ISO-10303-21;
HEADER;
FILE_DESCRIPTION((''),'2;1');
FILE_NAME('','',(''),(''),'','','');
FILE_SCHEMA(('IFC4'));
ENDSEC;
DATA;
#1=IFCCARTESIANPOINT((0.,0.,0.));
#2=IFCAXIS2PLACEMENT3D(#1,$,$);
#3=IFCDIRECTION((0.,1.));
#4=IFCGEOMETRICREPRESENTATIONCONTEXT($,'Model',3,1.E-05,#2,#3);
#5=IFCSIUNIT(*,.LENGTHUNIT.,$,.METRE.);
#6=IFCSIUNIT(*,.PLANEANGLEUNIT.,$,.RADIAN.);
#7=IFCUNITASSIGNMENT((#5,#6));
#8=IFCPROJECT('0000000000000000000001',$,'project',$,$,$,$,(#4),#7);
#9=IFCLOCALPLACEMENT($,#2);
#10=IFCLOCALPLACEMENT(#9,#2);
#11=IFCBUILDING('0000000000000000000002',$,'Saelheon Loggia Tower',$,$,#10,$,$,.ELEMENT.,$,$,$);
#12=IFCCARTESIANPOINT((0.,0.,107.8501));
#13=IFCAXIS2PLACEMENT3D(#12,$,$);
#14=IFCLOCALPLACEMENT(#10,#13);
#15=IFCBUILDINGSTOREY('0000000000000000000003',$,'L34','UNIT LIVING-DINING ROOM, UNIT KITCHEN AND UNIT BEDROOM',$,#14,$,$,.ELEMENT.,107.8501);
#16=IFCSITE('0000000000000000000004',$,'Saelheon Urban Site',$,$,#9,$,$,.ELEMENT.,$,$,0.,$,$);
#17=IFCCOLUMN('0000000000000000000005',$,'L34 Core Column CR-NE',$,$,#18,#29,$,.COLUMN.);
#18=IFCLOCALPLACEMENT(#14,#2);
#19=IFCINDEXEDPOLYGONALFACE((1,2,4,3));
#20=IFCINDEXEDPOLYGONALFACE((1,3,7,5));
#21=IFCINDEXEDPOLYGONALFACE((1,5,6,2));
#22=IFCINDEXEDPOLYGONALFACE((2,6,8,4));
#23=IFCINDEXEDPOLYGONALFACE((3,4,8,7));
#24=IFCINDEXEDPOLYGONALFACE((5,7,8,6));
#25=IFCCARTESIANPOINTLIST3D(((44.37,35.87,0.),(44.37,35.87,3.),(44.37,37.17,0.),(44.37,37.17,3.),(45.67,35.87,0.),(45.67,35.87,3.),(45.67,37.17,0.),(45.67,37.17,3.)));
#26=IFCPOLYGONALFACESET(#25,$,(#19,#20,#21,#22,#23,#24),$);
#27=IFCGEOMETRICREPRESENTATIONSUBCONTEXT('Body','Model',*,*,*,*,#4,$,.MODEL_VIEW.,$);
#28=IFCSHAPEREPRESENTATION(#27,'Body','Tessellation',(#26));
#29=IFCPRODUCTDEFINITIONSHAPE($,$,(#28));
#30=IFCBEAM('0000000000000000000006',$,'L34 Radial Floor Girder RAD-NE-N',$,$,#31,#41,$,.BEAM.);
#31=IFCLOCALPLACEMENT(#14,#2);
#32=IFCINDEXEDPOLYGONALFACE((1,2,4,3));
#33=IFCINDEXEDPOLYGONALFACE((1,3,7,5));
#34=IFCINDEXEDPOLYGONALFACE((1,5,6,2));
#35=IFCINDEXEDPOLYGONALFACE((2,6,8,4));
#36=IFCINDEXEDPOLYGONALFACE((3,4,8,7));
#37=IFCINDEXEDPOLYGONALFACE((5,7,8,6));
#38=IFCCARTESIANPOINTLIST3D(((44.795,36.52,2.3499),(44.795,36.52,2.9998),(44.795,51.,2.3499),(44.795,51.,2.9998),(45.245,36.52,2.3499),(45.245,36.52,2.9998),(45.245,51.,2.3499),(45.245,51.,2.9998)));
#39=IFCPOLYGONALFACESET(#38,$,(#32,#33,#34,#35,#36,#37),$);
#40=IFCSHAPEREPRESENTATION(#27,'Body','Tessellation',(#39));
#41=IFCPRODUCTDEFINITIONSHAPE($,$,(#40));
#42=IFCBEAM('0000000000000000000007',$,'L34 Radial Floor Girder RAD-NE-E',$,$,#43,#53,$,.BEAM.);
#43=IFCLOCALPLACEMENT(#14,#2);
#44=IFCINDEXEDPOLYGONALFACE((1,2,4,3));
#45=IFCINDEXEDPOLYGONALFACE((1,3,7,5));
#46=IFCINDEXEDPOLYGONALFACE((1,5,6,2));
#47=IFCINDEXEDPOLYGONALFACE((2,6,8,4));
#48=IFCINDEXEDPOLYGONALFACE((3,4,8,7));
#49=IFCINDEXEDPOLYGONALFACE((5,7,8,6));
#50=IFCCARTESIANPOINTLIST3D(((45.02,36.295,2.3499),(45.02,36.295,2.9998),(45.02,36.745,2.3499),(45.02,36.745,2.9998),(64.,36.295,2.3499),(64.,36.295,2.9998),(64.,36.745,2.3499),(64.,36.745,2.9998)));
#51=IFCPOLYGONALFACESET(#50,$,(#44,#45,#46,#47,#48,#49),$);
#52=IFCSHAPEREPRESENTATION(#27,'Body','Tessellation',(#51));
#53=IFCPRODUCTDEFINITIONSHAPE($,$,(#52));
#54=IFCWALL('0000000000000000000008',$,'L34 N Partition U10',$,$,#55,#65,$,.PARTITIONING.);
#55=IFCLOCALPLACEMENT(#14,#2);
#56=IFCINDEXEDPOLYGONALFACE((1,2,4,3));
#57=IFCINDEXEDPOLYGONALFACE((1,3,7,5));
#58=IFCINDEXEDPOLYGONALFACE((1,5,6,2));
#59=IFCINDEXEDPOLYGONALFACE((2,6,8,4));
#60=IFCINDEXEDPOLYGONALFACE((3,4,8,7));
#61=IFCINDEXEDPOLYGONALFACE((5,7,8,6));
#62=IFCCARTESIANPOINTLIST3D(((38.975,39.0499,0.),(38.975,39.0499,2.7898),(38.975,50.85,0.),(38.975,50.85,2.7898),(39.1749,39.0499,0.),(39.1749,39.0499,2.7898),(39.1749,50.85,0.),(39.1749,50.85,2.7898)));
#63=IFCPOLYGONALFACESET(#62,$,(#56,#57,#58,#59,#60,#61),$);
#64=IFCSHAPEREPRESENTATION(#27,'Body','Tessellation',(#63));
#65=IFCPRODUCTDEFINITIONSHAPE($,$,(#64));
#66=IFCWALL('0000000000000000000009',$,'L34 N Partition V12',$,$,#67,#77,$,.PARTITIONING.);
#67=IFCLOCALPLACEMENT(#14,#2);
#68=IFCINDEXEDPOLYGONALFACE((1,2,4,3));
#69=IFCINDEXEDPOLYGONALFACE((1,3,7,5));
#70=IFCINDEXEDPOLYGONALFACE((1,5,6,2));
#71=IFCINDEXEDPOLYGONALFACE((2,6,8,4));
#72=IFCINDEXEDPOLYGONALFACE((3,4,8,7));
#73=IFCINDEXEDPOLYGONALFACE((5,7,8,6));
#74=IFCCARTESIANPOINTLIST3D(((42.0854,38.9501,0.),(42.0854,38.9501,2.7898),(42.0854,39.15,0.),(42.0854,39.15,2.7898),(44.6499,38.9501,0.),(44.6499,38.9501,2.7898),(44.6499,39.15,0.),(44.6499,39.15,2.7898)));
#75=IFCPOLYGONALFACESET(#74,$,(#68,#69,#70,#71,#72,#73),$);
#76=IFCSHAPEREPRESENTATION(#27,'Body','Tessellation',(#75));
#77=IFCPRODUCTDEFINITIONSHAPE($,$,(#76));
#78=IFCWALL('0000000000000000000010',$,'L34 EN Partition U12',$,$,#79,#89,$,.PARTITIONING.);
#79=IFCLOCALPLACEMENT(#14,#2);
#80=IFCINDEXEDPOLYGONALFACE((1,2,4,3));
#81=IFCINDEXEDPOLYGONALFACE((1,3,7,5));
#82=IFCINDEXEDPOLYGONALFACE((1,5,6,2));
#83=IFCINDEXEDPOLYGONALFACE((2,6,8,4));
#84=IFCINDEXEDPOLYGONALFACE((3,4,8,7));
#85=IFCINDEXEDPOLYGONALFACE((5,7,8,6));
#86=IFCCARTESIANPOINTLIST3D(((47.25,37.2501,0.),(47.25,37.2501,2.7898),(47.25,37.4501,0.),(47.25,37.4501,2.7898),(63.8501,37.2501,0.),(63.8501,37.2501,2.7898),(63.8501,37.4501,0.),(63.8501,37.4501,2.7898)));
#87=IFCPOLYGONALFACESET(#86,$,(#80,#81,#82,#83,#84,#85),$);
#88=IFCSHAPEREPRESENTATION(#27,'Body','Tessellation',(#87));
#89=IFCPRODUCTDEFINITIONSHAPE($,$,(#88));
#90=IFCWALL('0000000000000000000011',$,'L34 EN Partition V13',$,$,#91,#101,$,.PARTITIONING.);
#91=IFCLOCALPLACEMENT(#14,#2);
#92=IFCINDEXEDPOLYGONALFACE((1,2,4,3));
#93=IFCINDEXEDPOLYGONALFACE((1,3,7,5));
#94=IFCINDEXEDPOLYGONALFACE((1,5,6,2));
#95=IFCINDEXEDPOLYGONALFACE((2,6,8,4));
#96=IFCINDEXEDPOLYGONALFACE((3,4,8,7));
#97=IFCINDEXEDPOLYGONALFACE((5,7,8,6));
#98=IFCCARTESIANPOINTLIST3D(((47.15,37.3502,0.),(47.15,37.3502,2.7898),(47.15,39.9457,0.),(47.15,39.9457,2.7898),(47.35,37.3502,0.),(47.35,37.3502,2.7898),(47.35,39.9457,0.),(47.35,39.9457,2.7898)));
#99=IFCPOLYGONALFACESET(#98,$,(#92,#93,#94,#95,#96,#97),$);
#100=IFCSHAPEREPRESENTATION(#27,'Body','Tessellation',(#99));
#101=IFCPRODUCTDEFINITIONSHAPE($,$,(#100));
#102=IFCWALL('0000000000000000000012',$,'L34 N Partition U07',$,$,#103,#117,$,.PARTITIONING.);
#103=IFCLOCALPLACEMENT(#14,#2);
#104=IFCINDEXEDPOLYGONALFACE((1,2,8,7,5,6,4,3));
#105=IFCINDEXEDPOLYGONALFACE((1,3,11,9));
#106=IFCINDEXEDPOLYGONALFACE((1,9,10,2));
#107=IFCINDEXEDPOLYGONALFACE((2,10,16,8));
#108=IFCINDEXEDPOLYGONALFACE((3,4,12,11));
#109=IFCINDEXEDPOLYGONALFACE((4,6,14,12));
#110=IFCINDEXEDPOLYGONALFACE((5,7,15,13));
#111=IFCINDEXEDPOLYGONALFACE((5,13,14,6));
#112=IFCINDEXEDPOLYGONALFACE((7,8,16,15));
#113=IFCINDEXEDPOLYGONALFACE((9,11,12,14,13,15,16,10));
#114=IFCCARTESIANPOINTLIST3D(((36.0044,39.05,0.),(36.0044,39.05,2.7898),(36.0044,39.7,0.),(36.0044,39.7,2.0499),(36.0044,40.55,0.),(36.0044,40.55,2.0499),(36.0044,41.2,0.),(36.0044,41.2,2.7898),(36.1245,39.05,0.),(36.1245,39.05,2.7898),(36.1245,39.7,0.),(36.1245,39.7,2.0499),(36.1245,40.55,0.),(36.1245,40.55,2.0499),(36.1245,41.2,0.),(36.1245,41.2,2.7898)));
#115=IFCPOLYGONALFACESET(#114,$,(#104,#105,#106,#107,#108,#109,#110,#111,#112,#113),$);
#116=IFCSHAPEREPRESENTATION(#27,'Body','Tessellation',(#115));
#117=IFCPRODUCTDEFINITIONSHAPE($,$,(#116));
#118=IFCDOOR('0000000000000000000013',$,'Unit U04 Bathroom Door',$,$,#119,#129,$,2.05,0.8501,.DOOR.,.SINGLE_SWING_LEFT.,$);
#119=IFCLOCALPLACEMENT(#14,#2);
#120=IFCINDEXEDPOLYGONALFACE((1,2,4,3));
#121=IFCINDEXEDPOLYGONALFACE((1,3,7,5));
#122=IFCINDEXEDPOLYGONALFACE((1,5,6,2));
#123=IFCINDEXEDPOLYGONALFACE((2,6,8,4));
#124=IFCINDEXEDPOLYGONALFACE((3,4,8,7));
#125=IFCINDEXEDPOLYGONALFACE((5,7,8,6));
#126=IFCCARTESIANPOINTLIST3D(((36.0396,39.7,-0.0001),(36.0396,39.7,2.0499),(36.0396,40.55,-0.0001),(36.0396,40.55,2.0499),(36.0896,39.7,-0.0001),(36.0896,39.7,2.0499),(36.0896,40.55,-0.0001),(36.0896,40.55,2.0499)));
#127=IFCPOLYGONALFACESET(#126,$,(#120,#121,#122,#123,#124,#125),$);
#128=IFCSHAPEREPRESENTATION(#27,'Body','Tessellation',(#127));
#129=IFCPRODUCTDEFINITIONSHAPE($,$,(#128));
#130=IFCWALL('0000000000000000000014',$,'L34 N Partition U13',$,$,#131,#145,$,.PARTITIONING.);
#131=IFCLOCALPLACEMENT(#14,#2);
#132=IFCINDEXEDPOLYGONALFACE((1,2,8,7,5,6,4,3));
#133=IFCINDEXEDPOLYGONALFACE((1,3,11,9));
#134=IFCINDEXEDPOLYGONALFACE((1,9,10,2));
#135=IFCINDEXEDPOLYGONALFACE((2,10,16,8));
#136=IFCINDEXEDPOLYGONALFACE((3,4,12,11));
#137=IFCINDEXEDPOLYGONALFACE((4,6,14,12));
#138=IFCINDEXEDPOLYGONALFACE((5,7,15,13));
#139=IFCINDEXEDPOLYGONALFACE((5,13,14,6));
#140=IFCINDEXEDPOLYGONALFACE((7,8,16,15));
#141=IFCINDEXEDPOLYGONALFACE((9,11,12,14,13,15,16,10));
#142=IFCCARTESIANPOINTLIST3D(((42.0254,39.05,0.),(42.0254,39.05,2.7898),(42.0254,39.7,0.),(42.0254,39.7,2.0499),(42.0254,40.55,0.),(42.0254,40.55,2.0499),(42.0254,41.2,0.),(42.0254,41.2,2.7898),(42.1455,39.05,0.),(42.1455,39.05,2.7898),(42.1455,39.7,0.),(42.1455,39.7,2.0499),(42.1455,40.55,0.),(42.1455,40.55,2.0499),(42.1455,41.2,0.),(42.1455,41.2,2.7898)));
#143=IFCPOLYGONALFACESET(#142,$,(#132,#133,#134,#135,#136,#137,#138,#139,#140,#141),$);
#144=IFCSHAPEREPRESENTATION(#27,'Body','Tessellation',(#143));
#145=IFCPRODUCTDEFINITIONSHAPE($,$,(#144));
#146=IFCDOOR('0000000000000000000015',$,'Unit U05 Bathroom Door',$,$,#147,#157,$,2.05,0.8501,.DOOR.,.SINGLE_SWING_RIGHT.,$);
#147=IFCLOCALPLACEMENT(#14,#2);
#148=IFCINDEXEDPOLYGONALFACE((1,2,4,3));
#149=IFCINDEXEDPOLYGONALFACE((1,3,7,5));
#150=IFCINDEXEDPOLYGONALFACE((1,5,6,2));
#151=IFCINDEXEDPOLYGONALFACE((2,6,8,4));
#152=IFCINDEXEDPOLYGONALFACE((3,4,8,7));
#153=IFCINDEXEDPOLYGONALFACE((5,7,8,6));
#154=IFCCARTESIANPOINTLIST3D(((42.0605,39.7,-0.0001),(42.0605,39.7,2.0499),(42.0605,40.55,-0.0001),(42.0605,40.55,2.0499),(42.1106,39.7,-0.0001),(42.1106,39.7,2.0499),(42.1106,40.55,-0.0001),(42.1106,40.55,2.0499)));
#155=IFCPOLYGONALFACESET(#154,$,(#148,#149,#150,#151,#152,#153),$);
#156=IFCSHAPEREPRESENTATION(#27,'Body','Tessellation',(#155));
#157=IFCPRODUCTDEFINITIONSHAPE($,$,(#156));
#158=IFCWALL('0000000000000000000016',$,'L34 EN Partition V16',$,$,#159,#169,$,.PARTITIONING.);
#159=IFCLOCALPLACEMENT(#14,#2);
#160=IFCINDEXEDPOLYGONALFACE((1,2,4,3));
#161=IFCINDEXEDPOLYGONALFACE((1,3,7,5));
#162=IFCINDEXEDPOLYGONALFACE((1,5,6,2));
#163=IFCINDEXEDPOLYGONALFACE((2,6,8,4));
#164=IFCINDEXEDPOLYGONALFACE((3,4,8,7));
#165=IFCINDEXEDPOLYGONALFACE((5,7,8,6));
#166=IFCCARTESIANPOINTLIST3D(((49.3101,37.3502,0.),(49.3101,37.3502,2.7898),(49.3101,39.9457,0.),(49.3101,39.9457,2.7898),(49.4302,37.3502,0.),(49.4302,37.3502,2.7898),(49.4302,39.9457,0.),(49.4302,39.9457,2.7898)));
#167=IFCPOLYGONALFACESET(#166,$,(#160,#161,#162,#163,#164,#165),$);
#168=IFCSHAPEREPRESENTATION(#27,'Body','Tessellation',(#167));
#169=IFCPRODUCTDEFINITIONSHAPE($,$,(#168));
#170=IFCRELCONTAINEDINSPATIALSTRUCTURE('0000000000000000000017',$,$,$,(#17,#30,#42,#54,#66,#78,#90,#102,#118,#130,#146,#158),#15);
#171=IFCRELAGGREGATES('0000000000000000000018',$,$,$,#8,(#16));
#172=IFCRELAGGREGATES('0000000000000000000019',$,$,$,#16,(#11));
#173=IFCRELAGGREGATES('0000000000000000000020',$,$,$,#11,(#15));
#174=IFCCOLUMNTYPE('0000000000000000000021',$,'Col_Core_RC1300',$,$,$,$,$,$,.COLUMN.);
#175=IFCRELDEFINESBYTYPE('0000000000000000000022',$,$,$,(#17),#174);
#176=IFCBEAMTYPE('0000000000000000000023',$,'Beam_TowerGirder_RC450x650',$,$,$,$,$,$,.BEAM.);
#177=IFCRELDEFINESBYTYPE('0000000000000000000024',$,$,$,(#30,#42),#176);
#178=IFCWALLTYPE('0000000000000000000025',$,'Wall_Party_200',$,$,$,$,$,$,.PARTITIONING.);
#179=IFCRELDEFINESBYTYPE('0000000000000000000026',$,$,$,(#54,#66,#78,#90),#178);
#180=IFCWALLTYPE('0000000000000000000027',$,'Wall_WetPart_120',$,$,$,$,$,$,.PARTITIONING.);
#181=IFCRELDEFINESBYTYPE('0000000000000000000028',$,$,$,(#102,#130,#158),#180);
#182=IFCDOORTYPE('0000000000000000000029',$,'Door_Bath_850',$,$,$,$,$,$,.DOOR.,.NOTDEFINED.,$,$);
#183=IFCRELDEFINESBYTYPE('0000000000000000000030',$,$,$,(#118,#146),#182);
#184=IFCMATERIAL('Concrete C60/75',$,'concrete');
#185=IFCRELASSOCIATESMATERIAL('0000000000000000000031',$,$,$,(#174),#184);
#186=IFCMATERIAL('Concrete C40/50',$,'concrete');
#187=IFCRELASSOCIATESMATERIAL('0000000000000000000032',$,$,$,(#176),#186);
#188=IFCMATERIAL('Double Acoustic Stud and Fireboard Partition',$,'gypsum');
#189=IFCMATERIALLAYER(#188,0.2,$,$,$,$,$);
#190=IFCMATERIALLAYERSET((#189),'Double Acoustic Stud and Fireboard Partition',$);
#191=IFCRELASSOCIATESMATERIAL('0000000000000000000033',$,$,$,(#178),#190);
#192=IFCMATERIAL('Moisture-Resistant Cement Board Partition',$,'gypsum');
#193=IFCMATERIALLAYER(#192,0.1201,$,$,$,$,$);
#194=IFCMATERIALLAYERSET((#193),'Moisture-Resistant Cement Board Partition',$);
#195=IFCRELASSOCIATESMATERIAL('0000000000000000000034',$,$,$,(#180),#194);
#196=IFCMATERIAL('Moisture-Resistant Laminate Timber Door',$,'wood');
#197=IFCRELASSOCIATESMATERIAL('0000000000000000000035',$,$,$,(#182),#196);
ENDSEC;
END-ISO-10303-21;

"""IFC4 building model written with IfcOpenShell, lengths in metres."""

from ifc_helpers import new_model, si_unit, direction, frame, frame_2d, origin, origin_2d, place, context, subcontext, project, spatial, rectangle, extrude, source, transform, mapped, material, layer, layer_set, material_profile, profile_set, type_object, element, fill, save


model = new_model("IFC4")

# Units and contexts
model_context = context("Model", 3, precision=1e-05, world=origin(), true_north=direction((0.0, 1.0)))
body_context = subcontext(model_context, "Body", "Model", "MODEL_VIEW")
ifc_project = project(units=[si_unit("LENGTHUNIT", "METRE"), si_unit("PLANEANGLEUNIT", "RADIAN")], contexts=[model_context])

# Site, building, storey
site_placement = place(None, origin())
site = spatial("IfcSite", under=ifc_project, at=site_placement, Name="Saelheon Urban Site", CompositionType="ELEMENT", RefElevation=0.0)
building_placement = place(site_placement, origin())
building = spatial("IfcBuilding", under=site, at=building_placement, Name="Saelheon Loggia Tower", CompositionType="ELEMENT")
storey_placement = place(building_placement, frame((0.0, 0.0, 107.8501)))
storey = spatial("IfcBuildingStorey", under=building, at=storey_placement, Name="L34", Description="UNIT LIVING-DINING ROOM, UNIT KITCHEN AND UNIT BEDROOM", CompositionType="ELEMENT", Elevation=107.8501)

# Column
ifc_material_1 = material(Name="Concrete C60/75", Category="concrete")
ifc_material_profile_1 = material_profile(ifc_material_1, rectangle(XDim=1.3, YDim=1.3, at=origin_2d()), Name="RC-1300x1300")
ifc_profile_set_1 = profile_set([ifc_material_profile_1], Name="Concrete C60/75")
column_type = type_object("IfcColumnType", Name="Col_Core_RC1300", PredefinedType="COLUMN", material=ifc_profile_set_1)
shared_shape_1 = source(origin(), body_context, "Body", "SweptSolid", [
    extrude(rectangle(XDim=1.3, YDim=1.3, at=origin_2d()), origin(), (0.0, 0.0, 1.0), 3.0),
])
column_placement = place(storey_placement, frame((45.02, 36.52, 0.0), z_axis=(0.0, 0.0, 1.0), x_axis=(1.0, 0.0, 0.0)))
element("IfcColumn", 1, at=column_placement, inside=storey, type_object=column_type, Name="L34 Core Column CR-NE", PredefinedType="COLUMN", context=body_context, shape_type="MappedRepresentation", body=[
    mapped(shared_shape_1, transform((0.0, 0.0, 0.0), scale=1.0)),
])

# Beams
ifc_material_2 = material(Name="Concrete C40/50", Category="concrete")
ifc_material_profile_2 = material_profile(ifc_material_2, rectangle(XDim=0.45, YDim=0.6499, at=origin_2d()), Name="RC-450x650")
ifc_profile_set_2 = profile_set([ifc_material_profile_2], Name="Concrete C40/50")
beam_type = type_object("IfcBeamType", Name="Beam_TowerGirder_RC450x650", PredefinedType="BEAM", material=ifc_profile_set_2)
shared_shape_2 = source(origin(), body_context, "Body", "SweptSolid", [
    extrude(rectangle(XDim=0.45, YDim=0.6499, at=origin_2d()), origin(), (0.0, 0.0, 1.0), 14.48),
])
beam_1_placement = place(storey_placement, frame((45.02, 36.52, 2.6748), z_axis=(0.0, 1.0, 0.0), x_axis=(-1.0, 0.0, 0.0)))
element("IfcBeam", 2, at=beam_1_placement, inside=storey, type_object=beam_type, Name="L34 Radial Floor Girder RAD-NE-N", PredefinedType="BEAM", context=body_context, shape_type="MappedRepresentation", body=[
    mapped(shared_shape_2, transform((0.0, 0.0, 0.0), scale=1.0)),
])
shared_shape_3 = source(origin(), body_context, "Body", "SweptSolid", [
    extrude(rectangle(XDim=0.45, YDim=0.6499, at=origin_2d()), origin(), (0.0, 0.0, 1.0), 18.98),
])
beam_2_placement = place(storey_placement, frame((45.02, 36.52, 2.6748), z_axis=(1.0, 0.0, 0.0), x_axis=(0.0, 1.0, 0.0)))
element("IfcBeam", 3, at=beam_2_placement, inside=storey, type_object=beam_type, Name="L34 Radial Floor Girder RAD-NE-E", PredefinedType="BEAM", context=body_context, shape_type="MappedRepresentation", body=[
    mapped(shared_shape_3, transform((0.0, 0.0, 0.0), scale=1.0)),
])

# Shared definitions
ifc_material_3 = material(Name="Double Acoustic Stud and Fireboard Partition", Category="gypsum")
ifc_layer_1 = layer(ifc_material_3, 0.2)
ifc_layer_set_1 = layer_set([ifc_layer_1], Name="Double Acoustic Stud and Fireboard Partition")
wall_type_1 = type_object("IfcWallType", Name="Wall_Party_200", PredefinedType="PARTITIONING", material=ifc_layer_set_1)

# Wall
wall_1_placement = place(storey_placement, frame((39.075, 39.05, 0.0), z_axis=(0.0, 0.0, 1.0), x_axis=(0.0, 1.0, 0.0)))
element("IfcWall", 4, at=wall_1_placement, inside=storey, type_object=wall_type_1, Name="L34 N Partition U10", PredefinedType="PARTITIONING", context=body_context, shape_type="SweptSolid", body=[
    extrude(rectangle(XDim=11.8, YDim=0.2, at=frame_2d((5.8999, 0.0))), origin(), (0.0, 0.0, 1.0), 2.7898),
])

# Walls
wall_2_placement = place(storey_placement, frame((42.0854, 39.05, 0.0), z_axis=(0.0, 0.0, 1.0), x_axis=(1.0, 0.0, 0.0)))
element("IfcWall", 5, at=wall_2_placement, inside=storey, type_object=wall_type_1, Name="L34 N Partition V12", PredefinedType="PARTITIONING", context=body_context, shape_type="SweptSolid", body=[
    extrude(rectangle(XDim=2.5645, YDim=0.2, at=frame_2d((1.2822, 0.0))), origin(), (0.0, 0.0, 1.0), 2.7898),
])
wall_3_placement = place(storey_placement, frame((47.25, 37.3501, 0.0), z_axis=(0.0, 0.0, 1.0), x_axis=(1.0, 0.0, 0.0)))
element("IfcWall", 6, at=wall_3_placement, inside=storey, type_object=wall_type_1, Name="L34 EN Partition U12", PredefinedType="PARTITIONING", context=body_context, shape_type="SweptSolid", body=[
    extrude(rectangle(XDim=16.6001, YDim=0.2, at=frame_2d((8.3, 0.0))), origin(), (0.0, 0.0, 1.0), 2.7898),
])
wall_4_placement = place(storey_placement, frame((47.25, 37.3501, 0.0), z_axis=(0.0, 0.0, 1.0), x_axis=(0.0, 1.0, 0.0)))
element("IfcWall", 7, at=wall_4_placement, inside=storey, type_object=wall_type_1, Name="L34 EN Partition V13", PredefinedType="PARTITIONING", context=body_context, shape_type="SweptSolid", body=[
    extrude(rectangle(XDim=2.5955, YDim=0.2, at=frame_2d((1.2979, 0.0))), origin(), (0.0, 0.0, 1.0), 2.7898),
])

# Walls, openings, doors
ifc_material_4 = material(Name="Moisture-Resistant Cement Board Partition", Category="gypsum")
ifc_layer_2 = layer(ifc_material_4, 0.1201)
ifc_layer_set_2 = layer_set([ifc_layer_2], Name="Moisture-Resistant Cement Board Partition")
wall_type_2 = type_object("IfcWallType", Name="Wall_WetPart_120", PredefinedType="PARTITIONING", material=ifc_layer_set_2)
wall_5_placement = place(storey_placement, frame((36.0645, 39.05, 0.0), z_axis=(0.0, 0.0, 1.0), x_axis=(0.0, 1.0, 0.0)))
wall_5 = element("IfcWall", 8, at=wall_5_placement, inside=storey, type_object=wall_type_2, Name="L34 N Partition U07", PredefinedType="PARTITIONING", context=body_context, shape_type="SweptSolid", body=[
    extrude(rectangle(XDim=2.1499, YDim=0.1201, at=frame_2d((1.075, 0.0))), origin(), (0.0, 0.0, 1.0), 2.7898),
])
opening_1_placement = place(wall_5_placement, frame((0.6499, 0.0, 0.0)))
opening_1 = element("IfcOpeningElement", 9, at=opening_1_placement, cuts=wall_5, PredefinedType="OPENING", context=body_context, shape_type="SweptSolid", body=[
    extrude(rectangle(XDim=0.8501, YDim=2.05, at=frame_2d((0.425, 1.0249))), frame((0.0, 0.072, 0.0), z_axis=(0.0, -1.0, 0.0), x_axis=(1.0, 0.0, 0.0)), (0.0, 0.0, 1.0), 0.144),
])
ifc_material_5 = material(Name="Moisture-Resistant Laminate Timber Door", Category="wood")
door_type_1 = type_object("IfcDoorType", Name="Door_Bath_850", OperationType="NOTDEFINED", PredefinedType="DOOR", material=ifc_material_5)
shared_shape_4 = source(origin(), body_context, "Body", "SweptSolid", [
    extrude(rectangle(XDim=0.8501, YDim=2.05, at=frame_2d((0.425, 1.0249))), frame((0.0, 0.0249, 0.0), z_axis=(0.0, -1.0, 0.0), x_axis=(1.0, 0.0, 0.0)), (0.0, 0.0, 1.0), 0.05),
])
door_1_placement = place(opening_1_placement, origin())
door_1 = element("IfcDoor", 10, at=door_1_placement, inside=storey, type_object=door_type_1, Name="Unit U04 Bathroom Door", OperationType="SINGLE_SWING_LEFT", OverallHeight=2.05, OverallWidth=0.8501, PredefinedType="DOOR", context=body_context, shape_type="MappedRepresentation", body=[
    mapped(shared_shape_4, transform((0.0, 0.0, 0.0), scale=1.0)),
])
fill(opening_1, door_1)
wall_6_placement = place(storey_placement, frame((42.0854, 39.05, 0.0), z_axis=(0.0, 0.0, 1.0), x_axis=(0.0, 1.0, 0.0)))
wall_6 = element("IfcWall", 11, at=wall_6_placement, inside=storey, type_object=wall_type_2, Name="L34 N Partition U13", PredefinedType="PARTITIONING", context=body_context, shape_type="SweptSolid", body=[
    extrude(rectangle(XDim=2.1499, YDim=0.1201, at=frame_2d((1.075, 0.0))), origin(), (0.0, 0.0, 1.0), 2.7898),
])
opening_2_placement = place(wall_6_placement, frame((0.6499, 0.0, 0.0)))
opening_2 = element("IfcOpeningElement", 12, at=opening_2_placement, cuts=wall_6, PredefinedType="OPENING", context=body_context, shape_type="SweptSolid", body=[
    extrude(rectangle(XDim=0.8501, YDim=2.05, at=frame_2d((0.425, 1.0249))), frame((0.0, 0.072, 0.0), z_axis=(0.0, -1.0, 0.0), x_axis=(1.0, 0.0, 0.0)), (0.0, 0.0, 1.0), 0.144),
])
door_2_placement = place(opening_2_placement, origin())
door_2 = element("IfcDoor", 13, at=door_2_placement, inside=storey, type_object=door_type_1, Name="Unit U05 Bathroom Door", OperationType="SINGLE_SWING_RIGHT", OverallHeight=2.05, OverallWidth=0.8501, PredefinedType="DOOR", context=body_context, shape_type="MappedRepresentation", body=[
    mapped(shared_shape_4, transform((0.0, 0.0, 0.0), scale=1.0)),
])
fill(opening_2, door_2)

# Wall
wall_7_placement = place(storey_placement, frame((49.3701, 37.3501, 0.0), z_axis=(0.0, 0.0, 1.0), x_axis=(0.0, 1.0, 0.0)))
element("IfcWall", 14, at=wall_7_placement, inside=storey, type_object=wall_type_2, Name="L34 EN Partition V16", PredefinedType="PARTITIONING", context=body_context, shape_type="SweptSolid", body=[
    extrude(rectangle(XDim=2.5955, YDim=0.1201, at=frame_2d((1.2979, 0.0))), origin(), (0.0, 0.0, 1.0), 2.7898),
])

save(model, "model.ifc")
